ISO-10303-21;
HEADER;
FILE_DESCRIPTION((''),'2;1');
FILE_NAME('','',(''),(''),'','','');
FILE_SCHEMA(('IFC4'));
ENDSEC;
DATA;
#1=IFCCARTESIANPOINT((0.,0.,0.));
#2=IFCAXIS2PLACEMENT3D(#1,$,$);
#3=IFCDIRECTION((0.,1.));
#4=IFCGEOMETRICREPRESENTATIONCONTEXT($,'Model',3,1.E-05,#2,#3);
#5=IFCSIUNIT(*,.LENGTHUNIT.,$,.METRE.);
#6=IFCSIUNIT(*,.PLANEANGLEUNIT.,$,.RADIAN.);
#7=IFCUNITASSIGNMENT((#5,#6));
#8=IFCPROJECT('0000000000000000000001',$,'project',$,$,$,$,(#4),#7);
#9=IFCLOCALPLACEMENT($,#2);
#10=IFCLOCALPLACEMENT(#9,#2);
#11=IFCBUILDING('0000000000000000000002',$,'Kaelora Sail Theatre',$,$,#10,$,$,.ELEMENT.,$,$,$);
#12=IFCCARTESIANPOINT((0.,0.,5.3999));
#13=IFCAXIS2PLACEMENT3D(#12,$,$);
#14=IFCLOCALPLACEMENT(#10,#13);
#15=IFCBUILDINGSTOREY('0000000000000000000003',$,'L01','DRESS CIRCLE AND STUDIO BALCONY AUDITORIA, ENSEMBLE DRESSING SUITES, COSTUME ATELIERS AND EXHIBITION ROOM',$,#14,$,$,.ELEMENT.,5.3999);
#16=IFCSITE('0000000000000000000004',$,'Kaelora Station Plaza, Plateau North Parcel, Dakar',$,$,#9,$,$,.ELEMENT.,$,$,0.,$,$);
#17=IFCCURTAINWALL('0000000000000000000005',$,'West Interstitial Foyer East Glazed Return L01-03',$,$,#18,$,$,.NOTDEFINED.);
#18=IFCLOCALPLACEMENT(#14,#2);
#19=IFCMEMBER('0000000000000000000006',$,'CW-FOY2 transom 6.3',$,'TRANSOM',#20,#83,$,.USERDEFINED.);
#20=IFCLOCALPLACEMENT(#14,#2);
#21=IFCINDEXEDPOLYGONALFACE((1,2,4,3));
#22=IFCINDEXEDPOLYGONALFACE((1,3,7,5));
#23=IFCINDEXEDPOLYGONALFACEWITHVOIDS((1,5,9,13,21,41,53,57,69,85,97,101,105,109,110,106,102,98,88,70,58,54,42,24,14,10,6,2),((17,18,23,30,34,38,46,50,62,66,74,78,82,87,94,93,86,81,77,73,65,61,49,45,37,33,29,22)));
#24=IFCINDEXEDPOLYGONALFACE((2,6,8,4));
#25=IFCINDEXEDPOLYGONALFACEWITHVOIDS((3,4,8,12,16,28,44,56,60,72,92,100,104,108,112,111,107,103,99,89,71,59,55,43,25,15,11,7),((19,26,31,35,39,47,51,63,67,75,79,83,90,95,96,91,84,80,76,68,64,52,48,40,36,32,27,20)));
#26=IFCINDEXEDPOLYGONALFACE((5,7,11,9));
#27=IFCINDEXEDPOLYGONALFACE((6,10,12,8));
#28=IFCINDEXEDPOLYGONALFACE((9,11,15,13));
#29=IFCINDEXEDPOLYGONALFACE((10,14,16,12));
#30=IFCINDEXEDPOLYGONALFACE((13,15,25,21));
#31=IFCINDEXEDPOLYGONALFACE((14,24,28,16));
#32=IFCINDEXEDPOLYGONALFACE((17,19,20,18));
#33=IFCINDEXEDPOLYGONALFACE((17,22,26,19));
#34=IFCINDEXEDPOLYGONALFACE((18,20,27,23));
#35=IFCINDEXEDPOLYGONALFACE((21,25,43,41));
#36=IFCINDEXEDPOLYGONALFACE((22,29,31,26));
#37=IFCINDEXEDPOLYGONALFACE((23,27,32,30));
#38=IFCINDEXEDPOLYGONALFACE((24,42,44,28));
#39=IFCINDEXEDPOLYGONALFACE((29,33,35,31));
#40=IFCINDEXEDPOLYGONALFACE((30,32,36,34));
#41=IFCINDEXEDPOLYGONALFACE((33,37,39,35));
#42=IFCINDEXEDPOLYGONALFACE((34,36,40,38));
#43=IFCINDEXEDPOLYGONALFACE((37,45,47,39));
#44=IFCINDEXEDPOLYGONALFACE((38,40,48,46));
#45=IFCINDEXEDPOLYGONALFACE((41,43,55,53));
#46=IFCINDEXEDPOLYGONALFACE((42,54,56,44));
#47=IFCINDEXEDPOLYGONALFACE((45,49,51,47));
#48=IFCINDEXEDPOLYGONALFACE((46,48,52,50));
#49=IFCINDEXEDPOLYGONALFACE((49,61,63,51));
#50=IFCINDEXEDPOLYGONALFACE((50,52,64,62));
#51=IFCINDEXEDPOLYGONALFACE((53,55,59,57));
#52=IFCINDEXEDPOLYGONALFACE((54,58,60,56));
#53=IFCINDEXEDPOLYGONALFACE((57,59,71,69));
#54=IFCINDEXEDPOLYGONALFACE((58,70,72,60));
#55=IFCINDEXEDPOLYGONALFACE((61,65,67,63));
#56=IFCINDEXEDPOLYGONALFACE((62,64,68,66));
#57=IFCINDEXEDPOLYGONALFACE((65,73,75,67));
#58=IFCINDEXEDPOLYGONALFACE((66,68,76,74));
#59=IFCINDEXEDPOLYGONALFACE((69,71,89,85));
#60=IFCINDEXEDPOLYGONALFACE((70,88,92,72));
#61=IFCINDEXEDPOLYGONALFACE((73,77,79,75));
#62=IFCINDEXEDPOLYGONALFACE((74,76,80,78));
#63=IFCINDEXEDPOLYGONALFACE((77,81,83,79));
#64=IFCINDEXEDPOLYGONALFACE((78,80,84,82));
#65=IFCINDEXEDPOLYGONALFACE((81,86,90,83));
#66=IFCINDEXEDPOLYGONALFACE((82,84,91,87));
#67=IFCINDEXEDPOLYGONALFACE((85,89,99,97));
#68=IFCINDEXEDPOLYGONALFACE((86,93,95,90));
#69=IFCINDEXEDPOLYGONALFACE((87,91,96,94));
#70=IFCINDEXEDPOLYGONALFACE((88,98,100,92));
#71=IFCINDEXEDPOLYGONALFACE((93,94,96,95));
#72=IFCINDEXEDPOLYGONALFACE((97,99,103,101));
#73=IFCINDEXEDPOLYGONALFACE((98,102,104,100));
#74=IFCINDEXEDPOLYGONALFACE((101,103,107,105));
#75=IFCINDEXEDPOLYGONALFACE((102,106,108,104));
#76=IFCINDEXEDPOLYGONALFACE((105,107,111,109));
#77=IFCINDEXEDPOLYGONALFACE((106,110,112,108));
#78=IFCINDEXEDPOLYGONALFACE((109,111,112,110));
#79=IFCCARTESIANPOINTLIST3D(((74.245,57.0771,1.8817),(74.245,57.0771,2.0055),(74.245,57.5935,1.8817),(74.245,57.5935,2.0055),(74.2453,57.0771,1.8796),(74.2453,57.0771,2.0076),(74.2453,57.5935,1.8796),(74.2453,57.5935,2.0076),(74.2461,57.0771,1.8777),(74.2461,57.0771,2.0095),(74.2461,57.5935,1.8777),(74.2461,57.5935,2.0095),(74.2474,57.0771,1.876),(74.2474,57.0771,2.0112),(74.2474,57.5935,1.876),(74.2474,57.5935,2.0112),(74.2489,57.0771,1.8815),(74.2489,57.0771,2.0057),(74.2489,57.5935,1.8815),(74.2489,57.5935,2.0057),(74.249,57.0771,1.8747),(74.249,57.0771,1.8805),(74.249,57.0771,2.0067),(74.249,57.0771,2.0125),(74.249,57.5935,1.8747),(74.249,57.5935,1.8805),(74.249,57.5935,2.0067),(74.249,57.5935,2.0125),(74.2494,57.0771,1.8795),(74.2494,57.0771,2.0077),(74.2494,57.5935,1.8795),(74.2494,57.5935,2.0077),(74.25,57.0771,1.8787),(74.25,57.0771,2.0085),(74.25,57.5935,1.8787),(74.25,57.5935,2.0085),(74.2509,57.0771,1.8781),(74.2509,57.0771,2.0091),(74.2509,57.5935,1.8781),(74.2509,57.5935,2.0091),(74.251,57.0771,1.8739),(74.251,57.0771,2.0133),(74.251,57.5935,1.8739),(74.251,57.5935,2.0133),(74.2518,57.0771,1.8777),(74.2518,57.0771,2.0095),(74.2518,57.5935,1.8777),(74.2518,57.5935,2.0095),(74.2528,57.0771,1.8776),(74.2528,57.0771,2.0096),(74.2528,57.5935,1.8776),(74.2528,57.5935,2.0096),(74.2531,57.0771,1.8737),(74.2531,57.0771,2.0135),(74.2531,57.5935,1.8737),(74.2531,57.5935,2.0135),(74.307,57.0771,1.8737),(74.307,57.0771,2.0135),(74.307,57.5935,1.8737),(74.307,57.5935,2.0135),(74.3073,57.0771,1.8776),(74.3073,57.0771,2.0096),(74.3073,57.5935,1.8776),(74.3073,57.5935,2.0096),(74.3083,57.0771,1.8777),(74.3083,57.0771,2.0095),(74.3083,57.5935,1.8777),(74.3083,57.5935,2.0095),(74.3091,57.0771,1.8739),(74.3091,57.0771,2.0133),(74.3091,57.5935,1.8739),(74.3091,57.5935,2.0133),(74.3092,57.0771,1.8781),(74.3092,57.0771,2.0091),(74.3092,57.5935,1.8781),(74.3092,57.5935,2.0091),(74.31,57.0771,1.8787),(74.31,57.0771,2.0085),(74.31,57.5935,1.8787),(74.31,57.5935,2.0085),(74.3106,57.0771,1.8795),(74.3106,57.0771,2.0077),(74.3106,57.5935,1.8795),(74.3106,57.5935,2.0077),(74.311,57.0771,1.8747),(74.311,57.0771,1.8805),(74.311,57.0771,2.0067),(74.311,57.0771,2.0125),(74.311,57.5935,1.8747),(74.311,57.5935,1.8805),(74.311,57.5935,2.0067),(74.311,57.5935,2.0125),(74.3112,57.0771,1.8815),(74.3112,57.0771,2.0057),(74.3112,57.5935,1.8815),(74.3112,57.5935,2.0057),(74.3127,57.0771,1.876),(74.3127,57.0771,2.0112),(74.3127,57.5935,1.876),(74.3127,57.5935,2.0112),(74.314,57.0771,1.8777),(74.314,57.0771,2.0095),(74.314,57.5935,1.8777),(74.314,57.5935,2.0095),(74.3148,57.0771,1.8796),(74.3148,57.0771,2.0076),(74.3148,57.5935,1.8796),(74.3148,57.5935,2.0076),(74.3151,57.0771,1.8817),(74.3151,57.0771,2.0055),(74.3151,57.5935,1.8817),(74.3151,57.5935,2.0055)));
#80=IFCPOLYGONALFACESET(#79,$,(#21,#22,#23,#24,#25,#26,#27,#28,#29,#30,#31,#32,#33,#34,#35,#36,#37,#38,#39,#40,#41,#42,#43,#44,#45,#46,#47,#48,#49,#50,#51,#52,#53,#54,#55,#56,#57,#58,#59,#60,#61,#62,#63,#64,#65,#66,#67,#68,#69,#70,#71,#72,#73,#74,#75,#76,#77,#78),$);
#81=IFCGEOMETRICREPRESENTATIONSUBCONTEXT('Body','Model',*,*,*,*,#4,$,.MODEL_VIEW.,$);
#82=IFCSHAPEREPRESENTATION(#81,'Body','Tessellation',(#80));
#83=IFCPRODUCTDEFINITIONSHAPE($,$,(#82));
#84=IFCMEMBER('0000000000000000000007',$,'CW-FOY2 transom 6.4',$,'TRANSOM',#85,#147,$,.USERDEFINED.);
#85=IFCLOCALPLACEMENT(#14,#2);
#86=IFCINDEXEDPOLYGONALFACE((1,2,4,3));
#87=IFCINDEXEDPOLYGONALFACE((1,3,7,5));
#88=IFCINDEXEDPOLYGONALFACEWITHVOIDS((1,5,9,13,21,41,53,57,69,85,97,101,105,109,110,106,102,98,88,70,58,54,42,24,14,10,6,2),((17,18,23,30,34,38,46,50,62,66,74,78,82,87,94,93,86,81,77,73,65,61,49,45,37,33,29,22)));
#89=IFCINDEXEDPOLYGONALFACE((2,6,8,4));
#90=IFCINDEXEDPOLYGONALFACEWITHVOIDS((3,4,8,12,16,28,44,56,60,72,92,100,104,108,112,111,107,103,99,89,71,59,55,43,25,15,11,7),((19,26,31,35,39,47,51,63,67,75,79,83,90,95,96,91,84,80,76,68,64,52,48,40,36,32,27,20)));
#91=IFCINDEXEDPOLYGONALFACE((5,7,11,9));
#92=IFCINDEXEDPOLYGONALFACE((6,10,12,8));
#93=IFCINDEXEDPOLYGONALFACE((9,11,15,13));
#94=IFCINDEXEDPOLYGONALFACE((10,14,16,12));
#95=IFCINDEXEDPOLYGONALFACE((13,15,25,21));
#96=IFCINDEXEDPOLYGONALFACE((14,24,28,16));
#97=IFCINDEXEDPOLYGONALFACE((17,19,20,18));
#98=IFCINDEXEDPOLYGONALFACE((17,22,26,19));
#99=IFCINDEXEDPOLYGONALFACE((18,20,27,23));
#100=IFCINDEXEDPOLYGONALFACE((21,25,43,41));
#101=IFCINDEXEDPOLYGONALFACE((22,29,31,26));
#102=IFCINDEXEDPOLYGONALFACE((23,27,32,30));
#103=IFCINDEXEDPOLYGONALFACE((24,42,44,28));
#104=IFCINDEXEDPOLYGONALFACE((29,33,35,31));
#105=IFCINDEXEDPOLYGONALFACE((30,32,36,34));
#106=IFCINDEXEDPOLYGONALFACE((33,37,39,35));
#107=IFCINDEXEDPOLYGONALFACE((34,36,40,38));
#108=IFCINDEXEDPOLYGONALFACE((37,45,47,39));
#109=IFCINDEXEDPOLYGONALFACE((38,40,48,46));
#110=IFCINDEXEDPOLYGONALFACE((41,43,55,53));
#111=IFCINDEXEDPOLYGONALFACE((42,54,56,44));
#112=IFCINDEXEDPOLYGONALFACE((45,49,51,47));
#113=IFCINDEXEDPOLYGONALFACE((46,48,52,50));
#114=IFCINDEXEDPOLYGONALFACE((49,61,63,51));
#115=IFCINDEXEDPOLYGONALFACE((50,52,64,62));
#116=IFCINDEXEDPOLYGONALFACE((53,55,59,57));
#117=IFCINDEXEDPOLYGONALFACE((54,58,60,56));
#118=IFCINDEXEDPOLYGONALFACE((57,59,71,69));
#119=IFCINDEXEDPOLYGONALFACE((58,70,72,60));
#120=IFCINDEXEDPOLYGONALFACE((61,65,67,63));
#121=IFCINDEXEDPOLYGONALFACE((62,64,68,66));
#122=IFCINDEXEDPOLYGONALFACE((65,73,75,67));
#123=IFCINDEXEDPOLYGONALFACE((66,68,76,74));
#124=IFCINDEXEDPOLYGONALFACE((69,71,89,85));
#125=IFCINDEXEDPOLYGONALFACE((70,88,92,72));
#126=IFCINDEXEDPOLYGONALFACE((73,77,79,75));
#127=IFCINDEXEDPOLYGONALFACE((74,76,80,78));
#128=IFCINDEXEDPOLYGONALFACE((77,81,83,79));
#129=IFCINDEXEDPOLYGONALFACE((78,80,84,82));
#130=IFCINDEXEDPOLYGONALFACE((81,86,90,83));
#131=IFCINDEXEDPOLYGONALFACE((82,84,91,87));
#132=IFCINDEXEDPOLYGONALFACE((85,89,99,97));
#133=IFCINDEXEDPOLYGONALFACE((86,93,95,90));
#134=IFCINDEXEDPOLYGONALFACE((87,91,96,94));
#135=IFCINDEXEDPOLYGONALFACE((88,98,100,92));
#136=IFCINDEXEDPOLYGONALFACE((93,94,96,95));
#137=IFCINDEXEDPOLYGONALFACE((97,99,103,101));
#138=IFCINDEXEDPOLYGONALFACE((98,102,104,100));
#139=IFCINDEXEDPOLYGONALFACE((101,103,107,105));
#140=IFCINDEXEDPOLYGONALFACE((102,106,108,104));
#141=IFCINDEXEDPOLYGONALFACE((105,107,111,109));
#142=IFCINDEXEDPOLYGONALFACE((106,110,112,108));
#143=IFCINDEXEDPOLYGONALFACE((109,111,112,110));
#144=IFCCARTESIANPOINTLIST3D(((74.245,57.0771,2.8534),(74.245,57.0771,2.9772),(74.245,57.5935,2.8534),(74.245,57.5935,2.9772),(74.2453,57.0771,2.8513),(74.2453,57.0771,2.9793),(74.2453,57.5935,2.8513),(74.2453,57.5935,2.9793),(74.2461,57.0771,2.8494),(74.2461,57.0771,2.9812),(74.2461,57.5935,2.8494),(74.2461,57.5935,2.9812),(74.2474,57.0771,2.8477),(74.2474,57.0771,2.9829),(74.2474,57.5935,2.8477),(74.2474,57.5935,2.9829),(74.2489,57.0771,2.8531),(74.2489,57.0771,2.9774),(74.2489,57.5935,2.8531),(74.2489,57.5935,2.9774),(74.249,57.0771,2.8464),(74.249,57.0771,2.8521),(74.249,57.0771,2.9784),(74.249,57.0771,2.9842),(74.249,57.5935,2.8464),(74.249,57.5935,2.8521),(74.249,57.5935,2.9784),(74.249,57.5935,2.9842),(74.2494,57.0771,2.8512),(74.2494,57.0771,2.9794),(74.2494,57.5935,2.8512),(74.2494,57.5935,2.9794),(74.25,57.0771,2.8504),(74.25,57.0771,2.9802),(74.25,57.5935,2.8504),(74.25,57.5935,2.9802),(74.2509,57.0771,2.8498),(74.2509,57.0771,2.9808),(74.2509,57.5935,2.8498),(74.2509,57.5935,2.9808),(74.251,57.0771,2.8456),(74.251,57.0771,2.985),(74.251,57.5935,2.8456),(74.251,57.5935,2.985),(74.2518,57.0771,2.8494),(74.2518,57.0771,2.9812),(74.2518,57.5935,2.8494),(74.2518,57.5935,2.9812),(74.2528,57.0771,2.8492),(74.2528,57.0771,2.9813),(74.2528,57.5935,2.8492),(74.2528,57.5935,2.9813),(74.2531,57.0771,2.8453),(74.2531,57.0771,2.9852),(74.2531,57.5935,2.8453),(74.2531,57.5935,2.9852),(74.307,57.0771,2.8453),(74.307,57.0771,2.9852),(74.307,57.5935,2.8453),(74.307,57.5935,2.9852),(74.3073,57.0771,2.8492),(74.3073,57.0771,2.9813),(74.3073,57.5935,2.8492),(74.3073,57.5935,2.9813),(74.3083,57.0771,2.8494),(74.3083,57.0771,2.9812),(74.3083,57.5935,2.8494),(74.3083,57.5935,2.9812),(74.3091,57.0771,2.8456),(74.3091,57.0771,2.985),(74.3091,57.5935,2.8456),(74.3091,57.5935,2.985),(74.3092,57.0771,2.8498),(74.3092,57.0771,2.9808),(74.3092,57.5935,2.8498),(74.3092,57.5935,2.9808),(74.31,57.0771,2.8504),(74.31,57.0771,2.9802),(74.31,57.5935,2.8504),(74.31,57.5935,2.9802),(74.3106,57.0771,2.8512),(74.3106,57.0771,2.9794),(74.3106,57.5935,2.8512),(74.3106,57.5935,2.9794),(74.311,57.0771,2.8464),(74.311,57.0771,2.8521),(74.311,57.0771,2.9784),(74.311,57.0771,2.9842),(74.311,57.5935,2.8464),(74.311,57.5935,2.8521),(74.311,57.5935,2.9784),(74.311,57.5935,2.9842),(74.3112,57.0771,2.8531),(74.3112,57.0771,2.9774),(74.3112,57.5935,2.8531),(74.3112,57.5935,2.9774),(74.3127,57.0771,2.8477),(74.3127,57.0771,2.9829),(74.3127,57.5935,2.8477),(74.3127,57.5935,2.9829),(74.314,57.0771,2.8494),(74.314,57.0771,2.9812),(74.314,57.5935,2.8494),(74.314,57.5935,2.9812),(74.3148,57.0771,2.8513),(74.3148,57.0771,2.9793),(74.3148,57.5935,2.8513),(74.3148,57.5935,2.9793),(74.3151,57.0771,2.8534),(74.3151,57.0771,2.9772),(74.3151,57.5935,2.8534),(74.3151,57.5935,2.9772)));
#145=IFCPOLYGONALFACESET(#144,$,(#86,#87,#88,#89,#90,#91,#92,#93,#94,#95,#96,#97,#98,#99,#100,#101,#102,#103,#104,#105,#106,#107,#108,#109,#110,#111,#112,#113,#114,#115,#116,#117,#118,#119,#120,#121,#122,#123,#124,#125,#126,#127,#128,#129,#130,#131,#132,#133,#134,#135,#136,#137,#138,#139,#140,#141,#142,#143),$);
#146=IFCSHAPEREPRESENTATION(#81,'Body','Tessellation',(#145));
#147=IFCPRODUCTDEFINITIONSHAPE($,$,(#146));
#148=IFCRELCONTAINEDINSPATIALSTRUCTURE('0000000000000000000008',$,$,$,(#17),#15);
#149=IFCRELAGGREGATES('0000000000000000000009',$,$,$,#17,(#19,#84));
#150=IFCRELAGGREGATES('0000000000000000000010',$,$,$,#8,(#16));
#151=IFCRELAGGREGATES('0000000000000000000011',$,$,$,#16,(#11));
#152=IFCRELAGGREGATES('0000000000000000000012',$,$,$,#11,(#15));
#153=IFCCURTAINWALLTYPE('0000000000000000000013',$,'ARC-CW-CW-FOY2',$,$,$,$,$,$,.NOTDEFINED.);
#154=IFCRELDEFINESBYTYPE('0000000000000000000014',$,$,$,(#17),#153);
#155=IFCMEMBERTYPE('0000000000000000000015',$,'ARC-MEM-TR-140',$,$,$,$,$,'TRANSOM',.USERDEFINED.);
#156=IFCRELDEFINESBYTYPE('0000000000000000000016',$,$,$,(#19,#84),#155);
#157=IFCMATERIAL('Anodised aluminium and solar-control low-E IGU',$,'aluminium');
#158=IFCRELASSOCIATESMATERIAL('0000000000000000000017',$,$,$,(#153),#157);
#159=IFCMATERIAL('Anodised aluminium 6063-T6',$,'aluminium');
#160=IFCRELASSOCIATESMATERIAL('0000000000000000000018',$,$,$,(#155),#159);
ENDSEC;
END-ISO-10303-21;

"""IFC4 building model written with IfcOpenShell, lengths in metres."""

from ifc_helpers import new_model, si_unit, direction, frame, origin, origin_2d, place, context, subcontext, project, spatial, hollow_rectangle, extrude, material, material_profile, profile_set, type_object, element, aggregate, save


model = new_model("IFC4")

# Units and contexts
model_context = context("Model", 3, precision=1e-05, world=origin(), true_north=direction((0.0, 1.0)))
body_context = subcontext(model_context, "Body", "Model", "MODEL_VIEW")
ifc_project = project(units=[si_unit("LENGTHUNIT", "METRE"), si_unit("PLANEANGLEUNIT", "RADIAN")], contexts=[model_context])

# Site, building, storey
site_placement = place(None, origin())
site = spatial("IfcSite", under=ifc_project, at=site_placement, Name="Kaelora Station Plaza, Plateau North Parcel, Dakar", CompositionType="ELEMENT", RefElevation=0.0)
building_placement = place(site_placement, origin())
building = spatial("IfcBuilding", under=site, at=building_placement, Name="Kaelora Sail Theatre", CompositionType="ELEMENT")
storey_placement = place(building_placement, frame((0.0, 0.0, 5.3999)))
storey = spatial("IfcBuildingStorey", under=building, at=storey_placement, Name="L01", Description="DRESS CIRCLE AND STUDIO BALCONY AUDITORIA, ENSEMBLE DRESSING SUITES, COSTUME ATELIERS AND EXHIBITION ROOM", CompositionType="ELEMENT", Elevation=5.3999)

# Curtain wall
ifc_material_1 = material(Name="Anodised aluminium and solar-control low-E IGU", Category="aluminium")
curtain_wall_type = type_object("IfcCurtainWallType", Name="ARC-CW-CW-FOY2", PredefinedType="NOTDEFINED", material=ifc_material_1)
curtain_wall_1_placement = place(storey_placement, origin())
curtain_wall_1 = element("IfcCurtainWall", 1, at=curtain_wall_1_placement, inside=storey, type_object=curtain_wall_type, Name="West Interstitial Foyer East Glazed Return L01-03", PredefinedType="NOTDEFINED")

# Members
ifc_material_2 = material(Name="Anodised aluminium 6063-T6", Category="aluminium")
ifc_material_profile_1 = material_profile(ifc_material_2, hollow_rectangle(XDim=0.0701, YDim=0.1399, WallThickness=0.0039, InnerFilletRadius=0.0039, OuterFilletRadius=0.0081, at=origin_2d()), Name="ALU-TRAN 70x140x4")
ifc_profile_set_1 = profile_set([ifc_material_profile_1], Name="Anodised aluminium 6063-T6")
member_type_1 = type_object("IfcMemberType", Name="ARC-MEM-TR-140", ElementType="TRANSOM", PredefinedType="USERDEFINED", material=ifc_profile_set_1)
member_1_placement = place(storey_placement, frame((74.28, 57.0771, 1.9436), z_axis=(0.0, 1.0, 0.0), x_axis=(-1.0, 0.0, 0.0)))
member_1 = element("IfcMember", 2, at=member_1_placement, type_object=member_type_1, Name="CW-FOY2 transom 6.3", ObjectType="TRANSOM", PredefinedType="USERDEFINED", context=body_context, shape_type="SweptSolid", body=[
    extrude(hollow_rectangle(XDim=0.0701, YDim=0.1399, WallThickness=0.0039, InnerFilletRadius=0.0039, OuterFilletRadius=0.0081, at=origin_2d()), origin(), (0.0, 0.0, 1.0), 0.5164),
])
member_2_placement = place(storey_placement, frame((74.28, 57.0771, 2.9153), z_axis=(0.0, 1.0, 0.0), x_axis=(-1.0, 0.0, 0.0)))
member_2 = element("IfcMember", 3, at=member_2_placement, type_object=member_type_1, Name="CW-FOY2 transom 6.4", ObjectType="TRANSOM", PredefinedType="USERDEFINED", context=body_context, shape_type="SweptSolid", body=[
    extrude(hollow_rectangle(XDim=0.0701, YDim=0.1399, WallThickness=0.0039, InnerFilletRadius=0.0039, OuterFilletRadius=0.0081, at=origin_2d()), origin(), (0.0, 0.0, 1.0), 0.5164),
])

aggregate(curtain_wall_1, [member_1, member_2])

save(model, "model.ifc")
